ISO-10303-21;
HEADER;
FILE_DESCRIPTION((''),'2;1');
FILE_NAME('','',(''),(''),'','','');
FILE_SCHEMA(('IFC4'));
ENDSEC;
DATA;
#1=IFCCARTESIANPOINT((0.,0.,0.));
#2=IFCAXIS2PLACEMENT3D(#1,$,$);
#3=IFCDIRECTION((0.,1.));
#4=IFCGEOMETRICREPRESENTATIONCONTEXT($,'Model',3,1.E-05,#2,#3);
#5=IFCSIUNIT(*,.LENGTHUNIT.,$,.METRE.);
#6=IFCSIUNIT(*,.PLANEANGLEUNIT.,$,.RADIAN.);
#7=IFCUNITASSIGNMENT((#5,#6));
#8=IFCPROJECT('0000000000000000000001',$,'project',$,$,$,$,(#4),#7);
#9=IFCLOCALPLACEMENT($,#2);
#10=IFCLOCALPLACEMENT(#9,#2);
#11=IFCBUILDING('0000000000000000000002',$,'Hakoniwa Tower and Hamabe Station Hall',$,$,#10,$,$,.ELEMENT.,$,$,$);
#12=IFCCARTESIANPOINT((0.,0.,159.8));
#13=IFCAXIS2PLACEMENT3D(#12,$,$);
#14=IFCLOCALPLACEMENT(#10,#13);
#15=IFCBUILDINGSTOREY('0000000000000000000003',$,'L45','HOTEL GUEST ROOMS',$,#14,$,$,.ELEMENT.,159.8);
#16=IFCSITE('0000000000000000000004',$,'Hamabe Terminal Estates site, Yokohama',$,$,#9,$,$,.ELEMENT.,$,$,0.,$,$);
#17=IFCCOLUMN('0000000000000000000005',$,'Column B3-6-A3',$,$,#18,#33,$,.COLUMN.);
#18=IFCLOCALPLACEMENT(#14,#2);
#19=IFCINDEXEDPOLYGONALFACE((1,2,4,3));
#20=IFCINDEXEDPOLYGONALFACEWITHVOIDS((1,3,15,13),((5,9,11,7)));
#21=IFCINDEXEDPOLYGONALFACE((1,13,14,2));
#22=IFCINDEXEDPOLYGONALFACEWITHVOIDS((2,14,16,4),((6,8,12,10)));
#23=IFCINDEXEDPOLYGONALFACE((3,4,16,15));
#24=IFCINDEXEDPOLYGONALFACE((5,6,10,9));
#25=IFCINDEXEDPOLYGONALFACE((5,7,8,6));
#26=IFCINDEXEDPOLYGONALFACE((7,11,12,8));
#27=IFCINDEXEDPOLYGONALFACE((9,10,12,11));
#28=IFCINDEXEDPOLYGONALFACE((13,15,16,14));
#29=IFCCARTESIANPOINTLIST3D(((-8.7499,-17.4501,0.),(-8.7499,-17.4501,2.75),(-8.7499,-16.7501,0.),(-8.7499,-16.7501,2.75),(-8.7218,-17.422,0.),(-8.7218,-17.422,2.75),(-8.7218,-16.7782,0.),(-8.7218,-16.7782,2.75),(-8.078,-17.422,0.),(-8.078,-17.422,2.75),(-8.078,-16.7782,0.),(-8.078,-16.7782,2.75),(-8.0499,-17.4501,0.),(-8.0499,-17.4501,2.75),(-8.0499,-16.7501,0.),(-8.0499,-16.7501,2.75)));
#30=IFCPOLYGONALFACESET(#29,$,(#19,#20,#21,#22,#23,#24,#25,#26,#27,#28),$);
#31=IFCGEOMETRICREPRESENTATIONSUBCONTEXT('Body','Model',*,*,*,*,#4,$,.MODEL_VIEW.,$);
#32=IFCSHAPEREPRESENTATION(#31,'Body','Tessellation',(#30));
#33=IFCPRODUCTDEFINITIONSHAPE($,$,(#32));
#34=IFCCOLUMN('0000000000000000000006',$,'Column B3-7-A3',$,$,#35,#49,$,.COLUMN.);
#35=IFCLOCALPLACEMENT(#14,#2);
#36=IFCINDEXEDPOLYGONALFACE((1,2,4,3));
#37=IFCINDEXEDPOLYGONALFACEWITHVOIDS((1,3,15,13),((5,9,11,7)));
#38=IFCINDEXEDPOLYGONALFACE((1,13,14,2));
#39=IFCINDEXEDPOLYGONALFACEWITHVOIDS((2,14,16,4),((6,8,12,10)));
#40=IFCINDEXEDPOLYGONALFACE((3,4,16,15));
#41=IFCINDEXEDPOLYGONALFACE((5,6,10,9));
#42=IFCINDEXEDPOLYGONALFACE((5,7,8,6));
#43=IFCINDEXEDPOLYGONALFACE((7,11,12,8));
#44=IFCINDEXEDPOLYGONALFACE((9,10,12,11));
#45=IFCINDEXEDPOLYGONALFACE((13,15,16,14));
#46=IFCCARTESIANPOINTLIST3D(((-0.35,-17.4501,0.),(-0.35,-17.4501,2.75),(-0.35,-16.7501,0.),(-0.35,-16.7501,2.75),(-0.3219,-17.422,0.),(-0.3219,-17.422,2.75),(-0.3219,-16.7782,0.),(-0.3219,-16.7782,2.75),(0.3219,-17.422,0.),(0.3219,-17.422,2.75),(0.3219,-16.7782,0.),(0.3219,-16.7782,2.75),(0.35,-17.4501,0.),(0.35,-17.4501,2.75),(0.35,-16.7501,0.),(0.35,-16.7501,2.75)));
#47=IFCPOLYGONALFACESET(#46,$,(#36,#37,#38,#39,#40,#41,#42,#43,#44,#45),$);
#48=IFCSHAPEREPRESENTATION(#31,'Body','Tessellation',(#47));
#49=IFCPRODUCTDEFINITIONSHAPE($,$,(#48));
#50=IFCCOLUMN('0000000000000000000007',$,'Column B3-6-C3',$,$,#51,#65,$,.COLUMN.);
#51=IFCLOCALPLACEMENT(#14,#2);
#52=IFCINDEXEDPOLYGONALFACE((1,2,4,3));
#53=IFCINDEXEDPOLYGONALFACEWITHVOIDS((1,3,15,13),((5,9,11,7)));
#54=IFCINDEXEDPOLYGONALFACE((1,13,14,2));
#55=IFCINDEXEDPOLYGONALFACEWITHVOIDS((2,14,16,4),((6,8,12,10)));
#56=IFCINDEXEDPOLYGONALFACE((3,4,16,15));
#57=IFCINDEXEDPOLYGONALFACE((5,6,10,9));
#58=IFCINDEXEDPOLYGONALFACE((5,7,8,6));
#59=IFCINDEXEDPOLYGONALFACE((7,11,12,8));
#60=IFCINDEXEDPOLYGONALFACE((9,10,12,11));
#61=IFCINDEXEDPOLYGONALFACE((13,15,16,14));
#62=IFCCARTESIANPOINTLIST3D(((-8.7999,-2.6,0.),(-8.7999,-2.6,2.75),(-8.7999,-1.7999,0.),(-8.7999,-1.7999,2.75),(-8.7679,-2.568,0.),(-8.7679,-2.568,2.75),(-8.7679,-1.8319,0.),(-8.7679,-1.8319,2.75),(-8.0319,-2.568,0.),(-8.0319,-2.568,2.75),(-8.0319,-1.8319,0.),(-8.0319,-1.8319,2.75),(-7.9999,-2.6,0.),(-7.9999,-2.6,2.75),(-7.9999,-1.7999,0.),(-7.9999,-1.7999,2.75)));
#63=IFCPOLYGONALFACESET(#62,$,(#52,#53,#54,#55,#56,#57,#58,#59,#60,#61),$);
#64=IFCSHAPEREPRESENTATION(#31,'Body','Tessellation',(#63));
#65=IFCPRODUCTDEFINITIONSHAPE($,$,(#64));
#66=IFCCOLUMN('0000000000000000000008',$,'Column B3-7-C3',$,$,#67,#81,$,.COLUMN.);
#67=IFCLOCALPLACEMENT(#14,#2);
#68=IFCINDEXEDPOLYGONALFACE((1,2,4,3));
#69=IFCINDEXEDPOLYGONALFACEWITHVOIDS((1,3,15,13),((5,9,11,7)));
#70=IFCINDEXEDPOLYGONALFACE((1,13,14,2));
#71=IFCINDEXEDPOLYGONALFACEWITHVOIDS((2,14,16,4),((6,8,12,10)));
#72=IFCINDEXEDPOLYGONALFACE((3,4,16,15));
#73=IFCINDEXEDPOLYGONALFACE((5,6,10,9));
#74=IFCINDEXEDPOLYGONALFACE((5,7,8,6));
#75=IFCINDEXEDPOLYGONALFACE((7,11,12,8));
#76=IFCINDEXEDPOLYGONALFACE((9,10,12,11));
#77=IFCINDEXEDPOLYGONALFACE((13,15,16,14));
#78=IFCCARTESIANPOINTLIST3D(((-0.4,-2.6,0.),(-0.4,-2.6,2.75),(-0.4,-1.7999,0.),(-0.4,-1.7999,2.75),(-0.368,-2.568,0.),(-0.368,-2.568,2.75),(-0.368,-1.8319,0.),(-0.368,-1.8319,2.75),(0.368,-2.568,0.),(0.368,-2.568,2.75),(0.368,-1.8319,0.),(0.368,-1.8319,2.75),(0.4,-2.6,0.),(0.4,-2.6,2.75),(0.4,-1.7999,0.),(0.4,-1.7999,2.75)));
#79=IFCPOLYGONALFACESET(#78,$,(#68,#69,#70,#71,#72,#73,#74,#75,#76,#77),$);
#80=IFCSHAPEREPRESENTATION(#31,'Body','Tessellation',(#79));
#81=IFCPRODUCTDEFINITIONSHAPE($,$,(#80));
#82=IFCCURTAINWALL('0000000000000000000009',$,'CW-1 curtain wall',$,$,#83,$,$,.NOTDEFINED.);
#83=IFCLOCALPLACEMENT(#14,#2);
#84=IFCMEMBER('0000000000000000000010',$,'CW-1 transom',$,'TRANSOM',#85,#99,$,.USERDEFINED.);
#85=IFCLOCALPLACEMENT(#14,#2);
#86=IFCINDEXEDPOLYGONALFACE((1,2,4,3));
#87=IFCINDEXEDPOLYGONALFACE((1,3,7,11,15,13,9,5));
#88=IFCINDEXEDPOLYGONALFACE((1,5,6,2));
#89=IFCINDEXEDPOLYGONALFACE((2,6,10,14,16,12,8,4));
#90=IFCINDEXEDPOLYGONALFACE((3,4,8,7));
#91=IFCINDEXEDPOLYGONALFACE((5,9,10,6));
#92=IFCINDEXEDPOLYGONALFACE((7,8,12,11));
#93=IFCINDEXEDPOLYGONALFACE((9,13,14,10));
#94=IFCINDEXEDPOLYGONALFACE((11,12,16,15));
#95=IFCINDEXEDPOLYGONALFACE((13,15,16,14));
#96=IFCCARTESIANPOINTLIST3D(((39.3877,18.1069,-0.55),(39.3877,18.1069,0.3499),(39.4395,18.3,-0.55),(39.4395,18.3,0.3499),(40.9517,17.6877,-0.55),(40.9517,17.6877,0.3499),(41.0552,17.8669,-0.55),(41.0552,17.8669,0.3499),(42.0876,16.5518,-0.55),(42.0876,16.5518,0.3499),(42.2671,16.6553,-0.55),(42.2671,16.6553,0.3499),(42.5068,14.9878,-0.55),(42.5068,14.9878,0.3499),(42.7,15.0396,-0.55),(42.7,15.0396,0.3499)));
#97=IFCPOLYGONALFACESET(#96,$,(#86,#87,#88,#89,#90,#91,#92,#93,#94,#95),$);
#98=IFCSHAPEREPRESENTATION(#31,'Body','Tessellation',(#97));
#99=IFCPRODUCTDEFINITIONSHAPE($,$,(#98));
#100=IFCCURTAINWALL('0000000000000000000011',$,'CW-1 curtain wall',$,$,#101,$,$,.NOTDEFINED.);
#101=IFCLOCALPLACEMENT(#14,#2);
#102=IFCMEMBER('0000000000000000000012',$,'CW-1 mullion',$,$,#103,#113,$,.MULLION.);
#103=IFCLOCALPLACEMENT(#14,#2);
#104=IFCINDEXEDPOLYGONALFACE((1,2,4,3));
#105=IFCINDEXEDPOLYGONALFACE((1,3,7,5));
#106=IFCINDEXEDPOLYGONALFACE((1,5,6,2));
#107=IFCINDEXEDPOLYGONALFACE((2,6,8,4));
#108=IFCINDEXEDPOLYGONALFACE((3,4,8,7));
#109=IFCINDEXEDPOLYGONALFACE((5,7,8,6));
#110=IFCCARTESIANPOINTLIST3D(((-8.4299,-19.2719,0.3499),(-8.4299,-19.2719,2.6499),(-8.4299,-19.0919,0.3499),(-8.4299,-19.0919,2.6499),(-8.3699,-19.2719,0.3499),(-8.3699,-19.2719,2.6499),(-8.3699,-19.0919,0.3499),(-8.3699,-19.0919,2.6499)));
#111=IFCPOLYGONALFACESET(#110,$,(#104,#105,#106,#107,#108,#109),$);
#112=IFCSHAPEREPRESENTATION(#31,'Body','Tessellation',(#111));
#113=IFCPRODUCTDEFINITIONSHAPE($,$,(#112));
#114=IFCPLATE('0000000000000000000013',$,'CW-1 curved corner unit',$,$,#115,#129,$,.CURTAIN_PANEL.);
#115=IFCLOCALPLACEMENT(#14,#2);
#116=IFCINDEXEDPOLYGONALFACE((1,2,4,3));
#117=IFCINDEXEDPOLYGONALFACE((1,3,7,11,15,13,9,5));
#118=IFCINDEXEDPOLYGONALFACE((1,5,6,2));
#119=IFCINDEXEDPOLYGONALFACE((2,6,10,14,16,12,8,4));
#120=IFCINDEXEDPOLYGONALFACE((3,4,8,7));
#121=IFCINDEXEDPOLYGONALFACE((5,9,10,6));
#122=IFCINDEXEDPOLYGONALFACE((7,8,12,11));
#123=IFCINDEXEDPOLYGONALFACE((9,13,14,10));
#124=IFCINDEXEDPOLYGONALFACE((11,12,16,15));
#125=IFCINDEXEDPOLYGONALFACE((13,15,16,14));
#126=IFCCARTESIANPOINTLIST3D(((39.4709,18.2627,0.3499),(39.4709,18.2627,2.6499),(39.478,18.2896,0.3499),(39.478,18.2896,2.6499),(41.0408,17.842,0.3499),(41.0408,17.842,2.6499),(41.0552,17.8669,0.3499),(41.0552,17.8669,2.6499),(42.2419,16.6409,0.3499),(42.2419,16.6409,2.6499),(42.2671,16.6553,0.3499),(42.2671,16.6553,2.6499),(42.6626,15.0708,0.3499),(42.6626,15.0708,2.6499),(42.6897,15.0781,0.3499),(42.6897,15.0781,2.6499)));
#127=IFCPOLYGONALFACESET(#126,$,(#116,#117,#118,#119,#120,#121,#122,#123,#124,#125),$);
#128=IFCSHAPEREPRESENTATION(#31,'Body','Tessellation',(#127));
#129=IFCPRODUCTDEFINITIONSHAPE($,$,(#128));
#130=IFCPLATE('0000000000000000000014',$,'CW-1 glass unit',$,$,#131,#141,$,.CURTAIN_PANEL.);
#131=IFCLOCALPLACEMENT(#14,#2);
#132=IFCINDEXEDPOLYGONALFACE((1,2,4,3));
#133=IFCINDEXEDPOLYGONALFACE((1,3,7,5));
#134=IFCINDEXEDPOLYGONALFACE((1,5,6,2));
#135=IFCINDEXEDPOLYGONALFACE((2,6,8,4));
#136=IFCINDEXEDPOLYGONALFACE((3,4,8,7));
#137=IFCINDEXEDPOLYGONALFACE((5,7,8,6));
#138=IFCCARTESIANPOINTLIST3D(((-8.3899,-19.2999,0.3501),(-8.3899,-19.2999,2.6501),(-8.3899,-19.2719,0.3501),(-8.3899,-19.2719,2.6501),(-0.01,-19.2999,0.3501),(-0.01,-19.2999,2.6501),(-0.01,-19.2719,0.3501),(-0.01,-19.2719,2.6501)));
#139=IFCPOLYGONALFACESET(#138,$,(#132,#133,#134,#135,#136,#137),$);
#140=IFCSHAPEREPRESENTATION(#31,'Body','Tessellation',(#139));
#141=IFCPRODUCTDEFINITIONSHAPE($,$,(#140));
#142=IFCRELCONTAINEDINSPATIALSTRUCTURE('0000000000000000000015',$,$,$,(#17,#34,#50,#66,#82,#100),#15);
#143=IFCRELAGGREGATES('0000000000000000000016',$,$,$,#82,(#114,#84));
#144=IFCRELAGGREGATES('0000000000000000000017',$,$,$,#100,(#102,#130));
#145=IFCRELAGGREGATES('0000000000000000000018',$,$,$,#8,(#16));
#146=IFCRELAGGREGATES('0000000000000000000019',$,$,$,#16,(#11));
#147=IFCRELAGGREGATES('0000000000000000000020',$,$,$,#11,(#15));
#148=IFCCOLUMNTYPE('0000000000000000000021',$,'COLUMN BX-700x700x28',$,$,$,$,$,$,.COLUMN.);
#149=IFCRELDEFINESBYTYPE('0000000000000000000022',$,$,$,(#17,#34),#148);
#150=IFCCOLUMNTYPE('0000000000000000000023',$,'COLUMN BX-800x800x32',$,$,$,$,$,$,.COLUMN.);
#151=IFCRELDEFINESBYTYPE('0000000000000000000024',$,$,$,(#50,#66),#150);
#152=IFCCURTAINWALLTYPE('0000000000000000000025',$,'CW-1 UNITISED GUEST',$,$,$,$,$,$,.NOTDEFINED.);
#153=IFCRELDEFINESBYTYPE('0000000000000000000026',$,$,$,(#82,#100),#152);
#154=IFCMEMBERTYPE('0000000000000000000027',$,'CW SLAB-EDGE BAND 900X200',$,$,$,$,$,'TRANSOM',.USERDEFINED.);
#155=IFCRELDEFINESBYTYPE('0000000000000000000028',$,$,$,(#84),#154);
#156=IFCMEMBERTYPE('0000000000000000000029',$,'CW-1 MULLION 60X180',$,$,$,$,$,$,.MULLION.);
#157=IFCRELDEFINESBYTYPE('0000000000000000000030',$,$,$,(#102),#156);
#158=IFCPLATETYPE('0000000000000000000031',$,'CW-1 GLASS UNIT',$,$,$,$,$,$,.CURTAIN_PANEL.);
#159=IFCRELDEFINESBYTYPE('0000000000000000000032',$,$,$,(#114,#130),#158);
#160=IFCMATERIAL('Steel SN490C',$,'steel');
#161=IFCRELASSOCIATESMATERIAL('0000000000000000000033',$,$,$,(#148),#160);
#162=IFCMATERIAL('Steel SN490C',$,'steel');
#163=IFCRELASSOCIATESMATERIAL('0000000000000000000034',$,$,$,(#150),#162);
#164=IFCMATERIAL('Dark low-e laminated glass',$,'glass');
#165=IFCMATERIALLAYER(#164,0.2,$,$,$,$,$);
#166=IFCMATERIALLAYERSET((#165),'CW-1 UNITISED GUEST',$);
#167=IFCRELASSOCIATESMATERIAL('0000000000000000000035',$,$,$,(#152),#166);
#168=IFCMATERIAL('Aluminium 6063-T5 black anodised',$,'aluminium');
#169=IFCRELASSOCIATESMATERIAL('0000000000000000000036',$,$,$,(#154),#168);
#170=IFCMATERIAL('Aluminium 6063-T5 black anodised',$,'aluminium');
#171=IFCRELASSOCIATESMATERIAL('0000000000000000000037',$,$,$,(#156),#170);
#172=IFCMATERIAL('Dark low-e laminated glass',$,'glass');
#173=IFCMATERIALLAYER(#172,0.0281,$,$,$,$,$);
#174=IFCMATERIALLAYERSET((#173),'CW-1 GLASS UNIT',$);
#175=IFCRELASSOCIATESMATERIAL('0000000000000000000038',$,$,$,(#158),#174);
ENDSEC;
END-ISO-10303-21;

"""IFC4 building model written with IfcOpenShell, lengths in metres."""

from ifc_helpers import new_model, si_unit, direction, frame, origin, origin_2d, place, context, subcontext, project, spatial, polyline, rectangle, hollow_rectangle, outline, extrude, material, layer, layer_set, material_profile, profile_set, type_object, element, aggregate, save


model = new_model("IFC4")

# Units and contexts
model_context = context("Model", 3, precision=1e-05, world=origin(), true_north=direction((0.0, 1.0)))
body_context = subcontext(model_context, "Body", "Model", "MODEL_VIEW")
ifc_project = project(units=[si_unit("LENGTHUNIT", "METRE"), si_unit("PLANEANGLEUNIT", "RADIAN")], contexts=[model_context])

# Site, building, storey
site_placement = place(None, origin())
site = spatial("IfcSite", under=ifc_project, at=site_placement, Name="Hamabe Terminal Estates site, Yokohama", CompositionType="ELEMENT", RefElevation=0.0)
building_placement = place(site_placement, origin())
building = spatial("IfcBuilding", under=site, at=building_placement, Name="Hakoniwa Tower and Hamabe Station Hall", CompositionType="ELEMENT")
storey_placement = place(building_placement, frame((0.0, 0.0, 159.8)))
storey = spatial("IfcBuildingStorey", under=building, at=storey_placement, Name="L45", Description="HOTEL GUEST ROOMS", CompositionType="ELEMENT", Elevation=159.8)

# Columns
ifc_material_1 = material(Name="Steel SN490C", Category="steel")
ifc_material_profile_1 = material_profile(ifc_material_1, hollow_rectangle(XDim=0.7, YDim=0.7, WallThickness=0.0281, at=origin_2d()), Name="BX-700x700x28")
ifc_profile_set_1 = profile_set([ifc_material_profile_1], Name="Steel SN490C")
column_type_1 = type_object("IfcColumnType", Name="COLUMN BX-700x700x28", PredefinedType="COLUMN", material=ifc_profile_set_1)
for number, where, z_axis, x_axis, name in (
    (1, (-8.3999, -17.1001, 0.0), (0.0, 0.0, 1.0), (1.0, 0.0, 0.0), "Column B3-6-A3"),
    (2, (0.0, -17.1001, 0.0), (0.0, 0.0, 1.0), (1.0, 0.0, 0.0), "Column B3-7-A3"),
):
    element("IfcColumn", number, at=place(storey_placement, frame(where, z_axis=z_axis, x_axis=x_axis)), inside=storey, type_object=column_type_1, Name=name, PredefinedType="COLUMN", context=body_context, shape_type="SweptSolid", body=[
        extrude(hollow_rectangle(XDim=0.7, YDim=0.7, WallThickness=0.0281, at=origin_2d()), origin(), (0.0, 0.0, 1.0), 2.75),
    ])
ifc_material_2 = material(Name="Steel SN490C", Category="steel")
ifc_material_profile_2 = material_profile(ifc_material_2, hollow_rectangle(XDim=0.8, YDim=0.8, WallThickness=0.032, at=origin_2d()), Name="BX-800x800x32")
ifc_profile_set_2 = profile_set([ifc_material_profile_2], Name="Steel SN490C")
column_type_2 = type_object("IfcColumnType", Name="COLUMN BX-800x800x32", PredefinedType="COLUMN", material=ifc_profile_set_2)
for number, where, z_axis, x_axis, name in (
    (3, (-8.3999, -2.2, 0.0), (0.0, 0.0, 1.0), (1.0, 0.0, 0.0), "Column B3-6-C3"),
    (4, (0.0, -2.2, 0.0), (0.0, 0.0, 1.0), (1.0, 0.0, 0.0), "Column B3-7-C3"),
):
    element("IfcColumn", number, at=place(storey_placement, frame(where, z_axis=z_axis, x_axis=x_axis)), inside=storey, type_object=column_type_2, Name=name, PredefinedType="COLUMN", context=body_context, shape_type="SweptSolid", body=[
        extrude(hollow_rectangle(XDim=0.8, YDim=0.8, WallThickness=0.032, at=origin_2d()), origin(), (0.0, 0.0, 1.0), 2.75),
    ])

# Curtain walls, members
ifc_material_3 = material(Name="Dark low-e laminated glass", Category="glass")
ifc_layer_1 = layer(ifc_material_3, 0.2)
ifc_layer_set_1 = layer_set([ifc_layer_1], Name="CW-1 UNITISED GUEST")
curtain_wall_type = type_object("IfcCurtainWallType", Name="CW-1 UNITISED GUEST", PredefinedType="NOTDEFINED", material=ifc_layer_set_1)
curtain_wall_1_placement = place(storey_placement, origin())
curtain_wall_1 = element("IfcCurtainWall", 5, at=curtain_wall_1_placement, inside=storey, type_object=curtain_wall_type, Name="CW-1 curtain wall", PredefinedType="NOTDEFINED")
ifc_material_4 = material(Name="Aluminium 6063-T5 black anodised", Category="aluminium")
ifc_material_profile_3 = material_profile(ifc_material_4, rectangle(XDim=0.2, YDim=0.8999, at=origin_2d()), Name="CW SLAB-EDGE BAND 900X200")
ifc_profile_set_3 = profile_set([ifc_material_profile_3], Name="Aluminium 6063-T5 black anodised")
member_type_1 = type_object("IfcMemberType", Name="CW SLAB-EDGE BAND 900X200", ElementType="TRANSOM", PredefinedType="USERDEFINED", material=ifc_profile_set_3)
member_1_placement = place(storey_placement, frame((0.0, 0.0, -0.55)))
member_1 = element("IfcMember", 6, at=member_1_placement, type_object=member_type_1, Name="CW-1 transom", ObjectType="TRANSOM", PredefinedType="USERDEFINED", context=body_context, shape_type="SweptSolid", body=[
    extrude(outline(polyline([(42.7, 15.0396), (42.2671, 16.6553), (41.0552, 17.8669), (39.4395, 18.3), (39.3877, 18.1069), (40.9517, 17.6877), (42.0876, 16.5518), (42.5068, 14.9878), (42.7, 15.0396)])), origin(), (0.0, 0.0, 1.0), 0.8999),
])
curtain_wall_2_placement = place(storey_placement, origin())
curtain_wall_2 = element("IfcCurtainWall", 7, at=curtain_wall_2_placement, inside=storey, type_object=curtain_wall_type, Name="CW-1 curtain wall", PredefinedType="NOTDEFINED")
ifc_material_5 = material(Name="Aluminium 6063-T5 black anodised", Category="aluminium")
ifc_material_profile_4 = material_profile(ifc_material_5, rectangle(XDim=0.0601, YDim=0.1799, at=origin_2d()), Name="CW-1 MULLION 60X180")
ifc_profile_set_4 = profile_set([ifc_material_profile_4], Name="Aluminium 6063-T5 black anodised")
member_type_2 = type_object("IfcMemberType", Name="CW-1 MULLION 60X180", PredefinedType="MULLION", material=ifc_profile_set_4)
member_2_placement = place(storey_placement, frame((-8.3999, -19.1819, 0.3499), z_axis=(0.0, 0.0, 1.0), x_axis=(1.0, 0.0, 0.0)))
member_2 = element("IfcMember", 8, at=member_2_placement, type_object=member_type_2, Name="CW-1 mullion", PredefinedType="MULLION", context=body_context, shape_type="SweptSolid", body=[
    extrude(rectangle(XDim=0.0601, YDim=0.1799, at=origin_2d()), origin(), (0.0, 0.0, 1.0), 2.3),
])

# Plates
ifc_material_6 = material(Name="Dark low-e laminated glass", Category="glass")
ifc_layer_2 = layer(ifc_material_6, 0.0281)
ifc_layer_set_2 = layer_set([ifc_layer_2], Name="CW-1 GLASS UNIT")
plate_type = type_object("IfcPlateType", Name="CW-1 GLASS UNIT", PredefinedType="CURTAIN_PANEL", material=ifc_layer_set_2)
plate_1_placement = place(storey_placement, frame((0.0, 0.0, 0.3499)))
plate_1 = element("IfcPlate", 9, at=plate_1_placement, type_object=plate_type, Name="CW-1 curved corner unit", PredefinedType="CURTAIN_PANEL", context=body_context, shape_type="SweptSolid", body=[
    extrude(outline(polyline([(42.6897, 15.0781), (42.2671, 16.6553), (41.0552, 17.8669), (39.478, 18.2896), (39.4709, 18.2627), (41.0408, 17.842), (42.2419, 16.6409), (42.6626, 15.0708), (42.6897, 15.0781)])), origin(), (0.0, 0.0, 1.0), 2.3),
])
aggregate(curtain_wall_1, [plate_1, member_1])
plate_2_placement = place(storey_placement, frame((-4.2, -19.2859, 0.3501), z_axis=(0.0, 0.0, 1.0), x_axis=(1.0, 0.0, 0.0)))
plate_2 = element("IfcPlate", 10, at=plate_2_placement, type_object=plate_type, Name="CW-1 glass unit", PredefinedType="CURTAIN_PANEL", context=body_context, shape_type="SweptSolid", body=[
    extrude(rectangle(XDim=8.3799, YDim=0.0281, at=origin_2d()), origin(), (0.0, 0.0, 1.0), 2.3),
])
aggregate(curtain_wall_2, [member_2, plate_2])

save(model, "model.ifc")
